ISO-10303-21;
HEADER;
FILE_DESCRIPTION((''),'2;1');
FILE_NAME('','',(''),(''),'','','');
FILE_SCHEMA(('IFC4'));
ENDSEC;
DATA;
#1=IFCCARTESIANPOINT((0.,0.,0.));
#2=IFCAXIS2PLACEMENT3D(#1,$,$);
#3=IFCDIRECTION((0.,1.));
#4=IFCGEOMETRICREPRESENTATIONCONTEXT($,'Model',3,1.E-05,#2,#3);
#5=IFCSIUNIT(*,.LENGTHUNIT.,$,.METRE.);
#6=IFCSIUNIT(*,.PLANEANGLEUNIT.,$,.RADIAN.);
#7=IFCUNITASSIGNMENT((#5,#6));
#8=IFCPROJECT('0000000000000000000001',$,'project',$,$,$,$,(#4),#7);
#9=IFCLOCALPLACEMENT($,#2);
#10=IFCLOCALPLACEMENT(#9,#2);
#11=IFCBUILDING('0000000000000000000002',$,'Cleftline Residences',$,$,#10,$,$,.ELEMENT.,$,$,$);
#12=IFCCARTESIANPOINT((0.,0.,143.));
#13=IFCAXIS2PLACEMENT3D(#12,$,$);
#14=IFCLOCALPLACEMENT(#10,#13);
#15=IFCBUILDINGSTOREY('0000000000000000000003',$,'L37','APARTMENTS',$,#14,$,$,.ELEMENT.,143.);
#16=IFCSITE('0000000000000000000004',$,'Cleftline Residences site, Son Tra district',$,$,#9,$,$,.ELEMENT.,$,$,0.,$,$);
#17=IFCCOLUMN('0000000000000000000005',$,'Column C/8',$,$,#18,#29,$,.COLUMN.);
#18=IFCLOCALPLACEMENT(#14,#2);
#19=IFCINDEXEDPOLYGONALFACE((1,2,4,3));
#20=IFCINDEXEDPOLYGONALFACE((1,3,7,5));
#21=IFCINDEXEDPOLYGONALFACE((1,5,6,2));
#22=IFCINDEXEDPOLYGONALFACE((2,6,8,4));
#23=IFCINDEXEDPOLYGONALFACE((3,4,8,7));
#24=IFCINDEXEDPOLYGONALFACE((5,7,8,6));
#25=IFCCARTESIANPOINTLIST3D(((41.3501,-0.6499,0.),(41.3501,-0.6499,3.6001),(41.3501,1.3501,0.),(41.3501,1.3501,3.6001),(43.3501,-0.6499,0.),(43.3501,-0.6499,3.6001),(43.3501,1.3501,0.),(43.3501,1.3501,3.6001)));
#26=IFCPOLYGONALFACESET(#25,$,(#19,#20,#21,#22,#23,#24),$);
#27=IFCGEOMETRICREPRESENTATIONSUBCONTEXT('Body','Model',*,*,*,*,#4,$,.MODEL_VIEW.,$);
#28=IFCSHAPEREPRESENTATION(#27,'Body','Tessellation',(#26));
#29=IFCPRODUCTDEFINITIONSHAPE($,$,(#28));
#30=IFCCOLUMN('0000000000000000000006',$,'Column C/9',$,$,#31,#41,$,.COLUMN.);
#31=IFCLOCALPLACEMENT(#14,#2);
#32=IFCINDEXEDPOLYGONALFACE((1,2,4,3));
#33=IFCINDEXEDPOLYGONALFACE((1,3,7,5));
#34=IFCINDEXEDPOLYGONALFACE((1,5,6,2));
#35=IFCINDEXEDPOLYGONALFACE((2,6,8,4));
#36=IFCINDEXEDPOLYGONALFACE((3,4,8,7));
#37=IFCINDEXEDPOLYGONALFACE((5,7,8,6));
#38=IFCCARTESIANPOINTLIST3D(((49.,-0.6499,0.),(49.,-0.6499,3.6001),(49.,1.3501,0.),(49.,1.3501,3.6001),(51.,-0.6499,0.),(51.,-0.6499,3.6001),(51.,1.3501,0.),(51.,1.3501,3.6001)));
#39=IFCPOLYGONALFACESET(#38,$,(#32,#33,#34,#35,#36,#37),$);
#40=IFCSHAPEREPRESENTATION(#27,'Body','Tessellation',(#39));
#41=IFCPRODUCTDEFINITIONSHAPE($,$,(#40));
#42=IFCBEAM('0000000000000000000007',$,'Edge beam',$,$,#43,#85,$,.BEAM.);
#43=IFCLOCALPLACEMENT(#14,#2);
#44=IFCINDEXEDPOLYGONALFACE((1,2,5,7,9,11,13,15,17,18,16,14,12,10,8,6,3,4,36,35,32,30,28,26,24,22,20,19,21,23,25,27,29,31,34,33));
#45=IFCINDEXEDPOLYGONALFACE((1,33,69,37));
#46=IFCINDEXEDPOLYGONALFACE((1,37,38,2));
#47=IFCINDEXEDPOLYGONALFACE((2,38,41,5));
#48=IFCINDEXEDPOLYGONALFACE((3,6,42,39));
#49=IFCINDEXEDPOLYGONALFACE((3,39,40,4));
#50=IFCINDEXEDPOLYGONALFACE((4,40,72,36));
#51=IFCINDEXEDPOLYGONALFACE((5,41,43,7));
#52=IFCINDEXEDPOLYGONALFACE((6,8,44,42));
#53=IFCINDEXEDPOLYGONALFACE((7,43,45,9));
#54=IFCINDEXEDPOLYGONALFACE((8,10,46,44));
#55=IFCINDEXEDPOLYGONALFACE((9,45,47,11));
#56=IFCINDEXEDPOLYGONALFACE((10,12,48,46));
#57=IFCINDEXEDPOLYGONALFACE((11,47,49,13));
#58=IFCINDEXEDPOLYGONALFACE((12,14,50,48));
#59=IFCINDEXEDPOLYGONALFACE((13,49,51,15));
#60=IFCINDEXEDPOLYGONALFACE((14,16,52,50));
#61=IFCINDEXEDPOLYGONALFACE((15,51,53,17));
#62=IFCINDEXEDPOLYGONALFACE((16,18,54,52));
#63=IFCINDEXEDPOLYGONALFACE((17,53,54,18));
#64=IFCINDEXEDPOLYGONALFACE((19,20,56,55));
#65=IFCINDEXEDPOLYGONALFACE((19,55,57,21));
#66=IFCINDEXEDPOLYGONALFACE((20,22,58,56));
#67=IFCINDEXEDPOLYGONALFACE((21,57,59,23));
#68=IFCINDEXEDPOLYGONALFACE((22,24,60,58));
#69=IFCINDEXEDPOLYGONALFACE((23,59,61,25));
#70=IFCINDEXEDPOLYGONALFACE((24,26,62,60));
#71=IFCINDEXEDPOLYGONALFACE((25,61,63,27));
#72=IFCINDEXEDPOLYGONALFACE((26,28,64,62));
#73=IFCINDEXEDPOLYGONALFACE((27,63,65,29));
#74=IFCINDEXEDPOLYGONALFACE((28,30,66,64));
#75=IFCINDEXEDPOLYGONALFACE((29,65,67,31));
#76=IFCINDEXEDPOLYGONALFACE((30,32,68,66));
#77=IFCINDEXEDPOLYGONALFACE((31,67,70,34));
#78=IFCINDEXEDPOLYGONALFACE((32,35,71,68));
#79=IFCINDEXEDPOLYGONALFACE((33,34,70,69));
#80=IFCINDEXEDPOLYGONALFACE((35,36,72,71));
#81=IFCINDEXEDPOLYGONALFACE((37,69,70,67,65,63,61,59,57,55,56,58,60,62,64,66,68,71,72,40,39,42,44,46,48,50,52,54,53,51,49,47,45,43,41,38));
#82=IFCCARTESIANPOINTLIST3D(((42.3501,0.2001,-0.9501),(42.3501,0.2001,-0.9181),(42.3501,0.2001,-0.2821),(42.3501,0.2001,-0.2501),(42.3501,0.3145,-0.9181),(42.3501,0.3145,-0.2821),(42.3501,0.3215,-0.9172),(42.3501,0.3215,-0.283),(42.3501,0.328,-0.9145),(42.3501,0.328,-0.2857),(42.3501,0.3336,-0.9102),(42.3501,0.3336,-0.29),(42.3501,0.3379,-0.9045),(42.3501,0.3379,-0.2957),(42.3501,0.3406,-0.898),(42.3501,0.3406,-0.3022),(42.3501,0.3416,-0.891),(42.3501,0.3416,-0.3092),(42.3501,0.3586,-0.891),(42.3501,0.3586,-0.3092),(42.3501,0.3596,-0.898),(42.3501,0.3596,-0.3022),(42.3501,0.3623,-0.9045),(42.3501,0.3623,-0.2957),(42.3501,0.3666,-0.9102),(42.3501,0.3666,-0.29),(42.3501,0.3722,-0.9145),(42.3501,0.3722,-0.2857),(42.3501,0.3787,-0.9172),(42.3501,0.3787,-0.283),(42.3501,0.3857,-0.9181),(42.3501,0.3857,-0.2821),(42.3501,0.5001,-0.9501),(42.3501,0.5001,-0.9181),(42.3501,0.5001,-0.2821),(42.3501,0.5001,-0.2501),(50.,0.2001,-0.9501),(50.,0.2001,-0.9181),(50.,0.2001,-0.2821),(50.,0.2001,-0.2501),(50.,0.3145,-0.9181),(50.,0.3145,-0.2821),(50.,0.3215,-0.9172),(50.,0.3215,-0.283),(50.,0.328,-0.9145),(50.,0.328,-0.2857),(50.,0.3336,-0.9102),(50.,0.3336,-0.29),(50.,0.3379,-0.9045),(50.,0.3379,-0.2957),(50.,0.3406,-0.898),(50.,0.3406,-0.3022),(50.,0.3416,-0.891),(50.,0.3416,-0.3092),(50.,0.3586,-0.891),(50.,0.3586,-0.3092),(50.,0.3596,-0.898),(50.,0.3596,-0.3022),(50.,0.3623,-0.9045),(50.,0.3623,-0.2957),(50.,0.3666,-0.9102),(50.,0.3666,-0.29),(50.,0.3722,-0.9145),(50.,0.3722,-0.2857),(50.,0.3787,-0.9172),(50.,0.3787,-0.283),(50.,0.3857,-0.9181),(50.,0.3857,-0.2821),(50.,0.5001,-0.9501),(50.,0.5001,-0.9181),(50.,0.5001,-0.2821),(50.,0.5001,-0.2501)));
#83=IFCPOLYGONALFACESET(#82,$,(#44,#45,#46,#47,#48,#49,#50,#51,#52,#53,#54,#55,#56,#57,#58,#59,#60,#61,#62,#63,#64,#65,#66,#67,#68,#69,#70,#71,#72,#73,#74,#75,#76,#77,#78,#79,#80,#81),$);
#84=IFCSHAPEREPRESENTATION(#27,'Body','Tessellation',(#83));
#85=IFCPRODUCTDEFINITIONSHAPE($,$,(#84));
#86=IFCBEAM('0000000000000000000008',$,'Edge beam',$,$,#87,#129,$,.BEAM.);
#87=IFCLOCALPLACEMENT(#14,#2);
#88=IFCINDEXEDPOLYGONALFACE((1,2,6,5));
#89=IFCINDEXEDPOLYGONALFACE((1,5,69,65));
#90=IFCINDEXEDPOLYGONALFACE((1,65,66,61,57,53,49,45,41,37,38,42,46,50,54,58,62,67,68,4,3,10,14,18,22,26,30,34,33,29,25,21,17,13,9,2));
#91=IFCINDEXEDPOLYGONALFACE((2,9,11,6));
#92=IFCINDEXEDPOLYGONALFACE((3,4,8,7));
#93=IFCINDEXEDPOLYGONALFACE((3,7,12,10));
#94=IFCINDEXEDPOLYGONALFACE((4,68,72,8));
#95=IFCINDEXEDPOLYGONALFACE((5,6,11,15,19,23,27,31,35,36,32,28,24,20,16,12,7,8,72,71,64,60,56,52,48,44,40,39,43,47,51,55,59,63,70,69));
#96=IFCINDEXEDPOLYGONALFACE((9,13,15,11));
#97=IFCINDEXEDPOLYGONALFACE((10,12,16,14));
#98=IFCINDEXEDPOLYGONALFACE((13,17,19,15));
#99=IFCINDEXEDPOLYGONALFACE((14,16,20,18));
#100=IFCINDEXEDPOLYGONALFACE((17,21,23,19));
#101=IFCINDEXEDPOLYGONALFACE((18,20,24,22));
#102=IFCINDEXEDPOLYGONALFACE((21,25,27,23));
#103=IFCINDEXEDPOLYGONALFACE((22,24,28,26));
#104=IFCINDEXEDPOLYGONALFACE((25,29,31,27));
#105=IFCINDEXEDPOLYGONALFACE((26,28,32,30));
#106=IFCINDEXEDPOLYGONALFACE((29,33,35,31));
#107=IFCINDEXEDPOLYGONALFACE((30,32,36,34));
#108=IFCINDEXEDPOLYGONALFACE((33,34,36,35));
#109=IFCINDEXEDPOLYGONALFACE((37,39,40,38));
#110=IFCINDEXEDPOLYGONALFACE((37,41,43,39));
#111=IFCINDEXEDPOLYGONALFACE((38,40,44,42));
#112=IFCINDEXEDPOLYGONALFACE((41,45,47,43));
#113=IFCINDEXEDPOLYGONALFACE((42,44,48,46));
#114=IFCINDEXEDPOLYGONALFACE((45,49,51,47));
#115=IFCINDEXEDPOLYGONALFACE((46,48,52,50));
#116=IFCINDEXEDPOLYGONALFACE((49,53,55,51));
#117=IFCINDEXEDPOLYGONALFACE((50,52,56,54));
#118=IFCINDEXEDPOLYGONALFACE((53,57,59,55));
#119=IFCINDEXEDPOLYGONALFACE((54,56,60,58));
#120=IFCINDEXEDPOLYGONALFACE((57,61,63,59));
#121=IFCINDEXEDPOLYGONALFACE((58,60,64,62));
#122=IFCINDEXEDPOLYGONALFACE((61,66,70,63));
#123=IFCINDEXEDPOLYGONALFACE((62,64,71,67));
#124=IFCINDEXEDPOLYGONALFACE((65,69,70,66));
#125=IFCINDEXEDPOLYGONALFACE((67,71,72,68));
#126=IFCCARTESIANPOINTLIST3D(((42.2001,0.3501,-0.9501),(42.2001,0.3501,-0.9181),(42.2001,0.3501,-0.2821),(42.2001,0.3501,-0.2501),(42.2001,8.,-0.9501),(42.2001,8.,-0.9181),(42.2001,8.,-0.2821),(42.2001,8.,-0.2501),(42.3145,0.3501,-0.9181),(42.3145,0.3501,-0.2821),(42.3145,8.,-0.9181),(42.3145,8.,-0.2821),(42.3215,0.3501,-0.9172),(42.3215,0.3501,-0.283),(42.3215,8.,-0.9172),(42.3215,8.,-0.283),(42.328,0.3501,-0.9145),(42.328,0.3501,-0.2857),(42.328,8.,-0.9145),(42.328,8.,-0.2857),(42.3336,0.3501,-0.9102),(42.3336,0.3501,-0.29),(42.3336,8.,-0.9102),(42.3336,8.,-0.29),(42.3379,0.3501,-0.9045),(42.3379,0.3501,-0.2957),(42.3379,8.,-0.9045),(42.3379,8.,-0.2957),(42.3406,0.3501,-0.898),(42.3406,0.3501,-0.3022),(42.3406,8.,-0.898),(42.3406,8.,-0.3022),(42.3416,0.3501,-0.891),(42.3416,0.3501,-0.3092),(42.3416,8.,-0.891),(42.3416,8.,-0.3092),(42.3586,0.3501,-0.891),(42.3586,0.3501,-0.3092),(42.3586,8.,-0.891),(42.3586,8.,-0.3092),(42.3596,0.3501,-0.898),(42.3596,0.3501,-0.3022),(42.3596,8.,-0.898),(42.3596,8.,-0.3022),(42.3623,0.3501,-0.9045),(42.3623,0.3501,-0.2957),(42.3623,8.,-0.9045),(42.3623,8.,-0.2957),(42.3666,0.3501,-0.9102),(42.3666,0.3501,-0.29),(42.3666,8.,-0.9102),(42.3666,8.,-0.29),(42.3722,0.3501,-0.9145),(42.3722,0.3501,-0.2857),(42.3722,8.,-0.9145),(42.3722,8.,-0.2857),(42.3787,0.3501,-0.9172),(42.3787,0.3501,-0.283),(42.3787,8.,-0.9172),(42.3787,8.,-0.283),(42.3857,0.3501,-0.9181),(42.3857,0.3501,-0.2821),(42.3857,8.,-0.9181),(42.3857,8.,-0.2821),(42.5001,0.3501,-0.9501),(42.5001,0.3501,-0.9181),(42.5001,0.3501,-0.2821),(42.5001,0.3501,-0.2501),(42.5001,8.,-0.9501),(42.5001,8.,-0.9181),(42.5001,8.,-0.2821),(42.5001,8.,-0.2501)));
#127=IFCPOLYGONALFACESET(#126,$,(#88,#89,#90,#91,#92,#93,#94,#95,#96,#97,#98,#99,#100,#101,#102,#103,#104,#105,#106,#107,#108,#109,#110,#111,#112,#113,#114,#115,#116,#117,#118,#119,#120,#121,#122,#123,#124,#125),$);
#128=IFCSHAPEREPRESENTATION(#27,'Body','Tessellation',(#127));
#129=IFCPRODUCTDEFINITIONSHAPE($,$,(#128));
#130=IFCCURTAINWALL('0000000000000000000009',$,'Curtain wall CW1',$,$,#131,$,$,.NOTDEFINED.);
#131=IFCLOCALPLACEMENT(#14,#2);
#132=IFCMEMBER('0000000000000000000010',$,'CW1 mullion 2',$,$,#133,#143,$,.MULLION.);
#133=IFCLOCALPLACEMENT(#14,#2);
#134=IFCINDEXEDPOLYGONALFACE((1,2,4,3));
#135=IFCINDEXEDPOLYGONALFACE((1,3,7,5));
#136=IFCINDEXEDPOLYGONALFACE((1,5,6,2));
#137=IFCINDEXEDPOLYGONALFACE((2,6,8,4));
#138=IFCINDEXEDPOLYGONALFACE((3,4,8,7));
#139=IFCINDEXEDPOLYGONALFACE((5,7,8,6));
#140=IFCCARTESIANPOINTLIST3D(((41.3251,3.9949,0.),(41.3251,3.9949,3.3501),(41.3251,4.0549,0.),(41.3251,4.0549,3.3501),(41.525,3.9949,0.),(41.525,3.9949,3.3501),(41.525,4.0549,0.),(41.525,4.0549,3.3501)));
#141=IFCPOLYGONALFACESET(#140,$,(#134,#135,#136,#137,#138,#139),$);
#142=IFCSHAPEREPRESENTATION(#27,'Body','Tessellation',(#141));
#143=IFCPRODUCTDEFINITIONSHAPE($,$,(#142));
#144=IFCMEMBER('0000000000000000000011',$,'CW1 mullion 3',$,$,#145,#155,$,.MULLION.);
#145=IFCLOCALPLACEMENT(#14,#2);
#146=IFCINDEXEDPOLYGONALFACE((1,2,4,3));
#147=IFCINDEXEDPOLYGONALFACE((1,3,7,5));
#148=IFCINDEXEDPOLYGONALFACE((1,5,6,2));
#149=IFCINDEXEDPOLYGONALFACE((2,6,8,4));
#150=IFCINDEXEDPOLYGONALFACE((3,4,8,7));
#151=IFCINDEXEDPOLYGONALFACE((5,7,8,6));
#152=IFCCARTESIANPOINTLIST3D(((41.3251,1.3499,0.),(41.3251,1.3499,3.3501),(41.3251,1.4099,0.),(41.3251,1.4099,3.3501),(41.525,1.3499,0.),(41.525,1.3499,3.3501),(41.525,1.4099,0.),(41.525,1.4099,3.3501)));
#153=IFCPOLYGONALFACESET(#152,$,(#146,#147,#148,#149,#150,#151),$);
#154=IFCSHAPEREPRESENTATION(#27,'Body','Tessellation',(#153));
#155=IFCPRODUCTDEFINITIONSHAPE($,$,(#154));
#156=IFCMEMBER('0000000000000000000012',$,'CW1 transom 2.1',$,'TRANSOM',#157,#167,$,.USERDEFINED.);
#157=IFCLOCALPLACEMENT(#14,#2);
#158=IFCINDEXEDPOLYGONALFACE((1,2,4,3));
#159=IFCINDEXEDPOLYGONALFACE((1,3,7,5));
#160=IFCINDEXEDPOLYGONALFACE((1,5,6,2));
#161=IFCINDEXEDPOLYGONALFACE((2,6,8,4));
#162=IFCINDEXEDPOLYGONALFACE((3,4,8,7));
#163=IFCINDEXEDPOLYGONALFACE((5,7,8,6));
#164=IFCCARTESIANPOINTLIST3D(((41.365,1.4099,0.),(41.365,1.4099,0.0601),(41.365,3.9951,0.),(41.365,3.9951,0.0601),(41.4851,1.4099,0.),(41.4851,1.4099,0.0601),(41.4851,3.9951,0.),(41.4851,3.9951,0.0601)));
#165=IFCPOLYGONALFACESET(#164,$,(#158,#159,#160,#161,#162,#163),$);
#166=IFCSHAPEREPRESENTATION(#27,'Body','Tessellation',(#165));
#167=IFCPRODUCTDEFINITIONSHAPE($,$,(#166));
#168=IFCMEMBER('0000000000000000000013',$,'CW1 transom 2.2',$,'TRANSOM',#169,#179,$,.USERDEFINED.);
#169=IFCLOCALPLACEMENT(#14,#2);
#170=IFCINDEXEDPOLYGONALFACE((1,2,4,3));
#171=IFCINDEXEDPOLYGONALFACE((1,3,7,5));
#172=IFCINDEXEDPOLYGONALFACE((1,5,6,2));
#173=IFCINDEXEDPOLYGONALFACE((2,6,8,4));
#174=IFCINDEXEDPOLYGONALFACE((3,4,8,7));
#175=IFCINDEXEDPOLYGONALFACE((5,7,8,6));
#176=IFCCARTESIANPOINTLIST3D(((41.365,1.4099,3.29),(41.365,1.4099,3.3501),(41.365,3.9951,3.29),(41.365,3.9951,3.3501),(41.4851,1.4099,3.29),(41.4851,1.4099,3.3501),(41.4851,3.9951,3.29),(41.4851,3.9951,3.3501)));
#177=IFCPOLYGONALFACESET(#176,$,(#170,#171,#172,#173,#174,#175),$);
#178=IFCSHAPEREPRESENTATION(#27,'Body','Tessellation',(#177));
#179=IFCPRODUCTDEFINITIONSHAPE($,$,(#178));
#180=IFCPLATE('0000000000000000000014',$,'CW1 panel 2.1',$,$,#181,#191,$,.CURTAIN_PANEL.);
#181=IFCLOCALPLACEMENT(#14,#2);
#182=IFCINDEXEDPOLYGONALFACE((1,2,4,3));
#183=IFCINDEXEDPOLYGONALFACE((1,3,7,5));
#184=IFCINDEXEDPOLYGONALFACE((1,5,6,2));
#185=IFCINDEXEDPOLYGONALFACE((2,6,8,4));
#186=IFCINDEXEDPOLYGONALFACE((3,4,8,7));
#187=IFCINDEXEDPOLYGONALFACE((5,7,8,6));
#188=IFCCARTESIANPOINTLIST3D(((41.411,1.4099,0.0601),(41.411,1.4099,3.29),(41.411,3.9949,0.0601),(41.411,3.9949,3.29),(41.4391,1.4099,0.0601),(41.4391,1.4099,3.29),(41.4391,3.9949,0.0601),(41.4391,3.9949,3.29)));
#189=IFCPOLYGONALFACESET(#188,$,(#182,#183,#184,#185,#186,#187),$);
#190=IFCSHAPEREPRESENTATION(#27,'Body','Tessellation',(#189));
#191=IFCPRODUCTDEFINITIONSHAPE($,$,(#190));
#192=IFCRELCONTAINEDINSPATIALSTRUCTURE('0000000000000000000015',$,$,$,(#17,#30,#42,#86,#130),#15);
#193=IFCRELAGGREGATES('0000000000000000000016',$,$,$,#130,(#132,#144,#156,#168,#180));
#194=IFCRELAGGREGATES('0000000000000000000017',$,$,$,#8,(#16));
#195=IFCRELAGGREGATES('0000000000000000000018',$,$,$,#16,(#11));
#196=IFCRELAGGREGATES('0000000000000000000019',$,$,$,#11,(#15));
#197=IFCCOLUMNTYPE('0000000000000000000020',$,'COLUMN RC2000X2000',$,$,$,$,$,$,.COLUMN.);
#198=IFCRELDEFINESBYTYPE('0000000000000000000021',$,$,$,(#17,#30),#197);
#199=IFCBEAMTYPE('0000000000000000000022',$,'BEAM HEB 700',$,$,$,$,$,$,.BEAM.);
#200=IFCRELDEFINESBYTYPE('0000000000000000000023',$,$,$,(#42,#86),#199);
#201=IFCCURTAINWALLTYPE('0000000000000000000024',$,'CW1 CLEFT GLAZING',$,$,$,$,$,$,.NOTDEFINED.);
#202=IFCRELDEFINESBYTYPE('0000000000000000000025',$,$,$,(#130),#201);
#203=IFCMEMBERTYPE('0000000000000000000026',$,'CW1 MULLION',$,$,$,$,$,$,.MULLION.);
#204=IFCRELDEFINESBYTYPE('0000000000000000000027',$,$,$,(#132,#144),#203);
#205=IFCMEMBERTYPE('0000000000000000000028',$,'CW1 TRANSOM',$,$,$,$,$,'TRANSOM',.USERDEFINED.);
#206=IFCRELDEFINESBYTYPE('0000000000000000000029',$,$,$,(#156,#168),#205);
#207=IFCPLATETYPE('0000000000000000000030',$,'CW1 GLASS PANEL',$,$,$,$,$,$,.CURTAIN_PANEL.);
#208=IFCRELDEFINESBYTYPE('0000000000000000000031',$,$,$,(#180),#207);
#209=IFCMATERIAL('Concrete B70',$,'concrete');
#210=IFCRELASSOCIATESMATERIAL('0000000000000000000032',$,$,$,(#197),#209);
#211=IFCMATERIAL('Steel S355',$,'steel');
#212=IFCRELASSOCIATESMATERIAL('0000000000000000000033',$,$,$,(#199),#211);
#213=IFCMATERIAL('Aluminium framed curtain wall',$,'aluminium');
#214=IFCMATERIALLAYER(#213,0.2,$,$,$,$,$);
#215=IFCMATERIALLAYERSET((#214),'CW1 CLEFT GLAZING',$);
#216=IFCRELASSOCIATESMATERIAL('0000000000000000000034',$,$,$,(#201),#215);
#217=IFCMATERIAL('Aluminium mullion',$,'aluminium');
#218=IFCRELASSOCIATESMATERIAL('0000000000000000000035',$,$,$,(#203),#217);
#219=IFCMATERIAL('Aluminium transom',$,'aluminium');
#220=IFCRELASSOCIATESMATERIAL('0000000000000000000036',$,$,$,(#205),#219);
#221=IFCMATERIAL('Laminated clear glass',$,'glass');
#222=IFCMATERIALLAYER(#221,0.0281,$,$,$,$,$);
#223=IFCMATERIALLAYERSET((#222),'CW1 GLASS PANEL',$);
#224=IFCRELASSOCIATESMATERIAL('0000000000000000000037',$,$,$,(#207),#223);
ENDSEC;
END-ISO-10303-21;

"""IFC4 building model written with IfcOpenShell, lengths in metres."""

from ifc_helpers import new_model, si_unit, direction, frame, origin, origin_2d, place, context, subcontext, project, spatial, rectangle, i_section, extrude, material, layer, layer_set, material_profile, profile_set, type_object, element, aggregate, save


model = new_model("IFC4")

# Units and contexts
model_context = context("Model", 3, precision=1e-05, world=origin(), true_north=direction((0.0, 1.0)))
body_context = subcontext(model_context, "Body", "Model", "MODEL_VIEW")
ifc_project = project(units=[si_unit("LENGTHUNIT", "METRE"), si_unit("PLANEANGLEUNIT", "RADIAN")], contexts=[model_context])

# Site, building, storey
site_placement = place(None, origin())
site = spatial("IfcSite", under=ifc_project, at=site_placement, Name="Cleftline Residences site, Son Tra district", CompositionType="ELEMENT", RefElevation=0.0)
building_placement = place(site_placement, origin())
building = spatial("IfcBuilding", under=site, at=building_placement, Name="Cleftline Residences", CompositionType="ELEMENT")
storey_placement = place(building_placement, frame((0.0, 0.0, 143.0)))
storey = spatial("IfcBuildingStorey", under=building, at=storey_placement, Name="L37", Description="APARTMENTS", CompositionType="ELEMENT", Elevation=143.0)

# Columns
ifc_material_1 = material(Name="Concrete B70", Category="concrete")
ifc_material_profile_1 = material_profile(ifc_material_1, rectangle(XDim=2.0, YDim=2.0, at=origin_2d()))
ifc_profile_set_1 = profile_set([ifc_material_profile_1], Name="Concrete B70")
column_type = type_object("IfcColumnType", Name="COLUMN RC2000X2000", PredefinedType="COLUMN", material=ifc_profile_set_1)
for number, where, z_axis, x_axis, name in (
    (1, (42.3501, 0.3501, 0.0), (0.0, 0.0, 1.0), (1.0, 0.0, 0.0), "Column C/8"),
    (2, (50.0, 0.3501, 0.0), (0.0, 0.0, 1.0), (1.0, 0.0, 0.0), "Column C/9"),
):
    element("IfcColumn", number, at=place(storey_placement, frame(where, z_axis=z_axis, x_axis=x_axis)), inside=storey, type_object=column_type, Name=name, PredefinedType="COLUMN", context=body_context, shape_type="SweptSolid", body=[
        extrude(rectangle(XDim=2.0, YDim=2.0, at=origin_2d()), origin(), (0.0, 0.0, 1.0), 3.6001),
    ])

# Beams
ifc_material_2 = material(Name="Steel S355", Category="steel")
ifc_material_profile_2 = material_profile(ifc_material_2, i_section(OverallWidth=0.3, OverallDepth=0.7, WebThickness=0.0171, FlangeThickness=0.032, FilletRadius=0.0271, at=origin_2d()))
ifc_profile_set_2 = profile_set([ifc_material_profile_2], Name="Steel S355")
beam_type = type_object("IfcBeamType", Name="BEAM HEB 700", PredefinedType="BEAM", material=ifc_profile_set_2)
for number, where, z_axis, x_axis, name in (
    (3, (50.0, 0.3501, -0.6001), (-1.0, 0.0, 0.0), (0.0, -1.0, 0.0), "Edge beam"),
    (4, (42.3501, 0.3501, -0.6001), (0.0, 1.0, 0.0), (-1.0, 0.0, 0.0), "Edge beam"),
):
    element("IfcBeam", number, at=place(storey_placement, frame(where, z_axis=z_axis, x_axis=x_axis)), inside=storey, type_object=beam_type, Name=name, PredefinedType="BEAM", context=body_context, shape_type="SweptSolid", body=[
        extrude(i_section(OverallWidth=0.3, OverallDepth=0.7, WebThickness=0.0171, FlangeThickness=0.032, FilletRadius=0.0271, at=origin_2d()), origin(), (0.0, 0.0, 1.0), 7.6499),
    ])

# Curtain wall, members, plate
ifc_material_3 = material(Name="Aluminium framed curtain wall", Category="aluminium")
ifc_layer_1 = layer(ifc_material_3, 0.2)
ifc_layer_set_1 = layer_set([ifc_layer_1], Name="CW1 CLEFT GLAZING")
curtain_wall_type = type_object("IfcCurtainWallType", Name="CW1 CLEFT GLAZING", PredefinedType="NOTDEFINED", material=ifc_layer_set_1)
curtain_wall_placement = place(storey_placement, origin())
curtain_wall = element("IfcCurtainWall", 5, at=curtain_wall_placement, inside=storey, type_object=curtain_wall_type, Name="Curtain wall CW1", PredefinedType="NOTDEFINED")
ifc_material_4 = material(Name="Aluminium mullion", Category="aluminium")
ifc_material_profile_3 = material_profile(ifc_material_4, rectangle(XDim=0.2, YDim=0.0601, at=origin_2d()))
ifc_profile_set_3 = profile_set([ifc_material_profile_3], Name="Aluminium mullion")
member_type_1 = type_object("IfcMemberType", Name="CW1 MULLION", PredefinedType="MULLION", material=ifc_profile_set_3)
member_1_placement = place(storey_placement, frame((41.425, 4.0249, 0.0), z_axis=(0.0, 0.0, 1.0), x_axis=(1.0, 0.0, 0.0)))
member_1 = element("IfcMember", 6, at=member_1_placement, type_object=member_type_1, Name="CW1 mullion 2", PredefinedType="MULLION", context=body_context, shape_type="SweptSolid", body=[
    extrude(rectangle(XDim=0.2, YDim=0.0601, at=origin_2d()), origin(), (0.0, 0.0, 1.0), 3.3501),
])
member_2_placement = place(storey_placement, frame((41.425, 1.3799, 0.0), z_axis=(0.0, 0.0, 1.0), x_axis=(1.0, 0.0, 0.0)))
member_2 = element("IfcMember", 7, at=member_2_placement, type_object=member_type_1, Name="CW1 mullion 3", PredefinedType="MULLION", context=body_context, shape_type="SweptSolid", body=[
    extrude(rectangle(XDim=0.2, YDim=0.0601, at=origin_2d()), origin(), (0.0, 0.0, 1.0), 3.3501),
])
ifc_material_5 = material(Name="Aluminium transom", Category="aluminium")
ifc_material_profile_4 = material_profile(ifc_material_5, rectangle(XDim=0.1201, YDim=0.0601, at=origin_2d()))
ifc_profile_set_4 = profile_set([ifc_material_profile_4], Name="Aluminium transom")
member_type_2 = type_object("IfcMemberType", Name="CW1 TRANSOM", ElementType="TRANSOM", PredefinedType="USERDEFINED", material=ifc_profile_set_4)
member_3_placement = place(storey_placement, frame((41.425, 3.9951, 0.03), z_axis=(0.0, -1.0, 0.0), x_axis=(1.0, 0.0, 0.0)))
member_3 = element("IfcMember", 8, at=member_3_placement, type_object=member_type_2, Name="CW1 transom 2.1", ObjectType="TRANSOM", PredefinedType="USERDEFINED", context=body_context, shape_type="SweptSolid", body=[
    extrude(rectangle(XDim=0.1201, YDim=0.0601, at=origin_2d()), origin(), (0.0, 0.0, 1.0), 2.5852),
])
member_4_placement = place(storey_placement, frame((41.425, 3.9951, 3.3201), z_axis=(0.0, -1.0, 0.0), x_axis=(1.0, 0.0, 0.0)))
member_4 = element("IfcMember", 9, at=member_4_placement, type_object=member_type_2, Name="CW1 transom 2.2", ObjectType="TRANSOM", PredefinedType="USERDEFINED", context=body_context, shape_type="SweptSolid", body=[
    extrude(rectangle(XDim=0.1201, YDim=0.0601, at=origin_2d()), origin(), (0.0, 0.0, 1.0), 2.5852),
])
ifc_material_6 = material(Name="Laminated clear glass", Category="glass")
ifc_layer_2 = layer(ifc_material_6, 0.0281)
ifc_layer_set_2 = layer_set([ifc_layer_2], Name="CW1 GLASS PANEL")
plate_type = type_object("IfcPlateType", Name="CW1 GLASS PANEL", PredefinedType="CURTAIN_PANEL", material=ifc_layer_set_2)
plate_placement = place(storey_placement, frame((41.425, 2.7024, 0.0601), z_axis=(0.0, 0.0, 1.0), x_axis=(0.0, -1.0, 0.0)))
plate = element("IfcPlate", 10, at=plate_placement, type_object=plate_type, Name="CW1 panel 2.1", PredefinedType="CURTAIN_PANEL", context=body_context, shape_type="SweptSolid", body=[
    extrude(rectangle(XDim=2.585, YDim=0.0281, at=origin_2d()), origin(), (0.0, 0.0, 1.0), 3.23),
])
aggregate(curtain_wall, [member_1, member_2, member_3, member_4, plate])

save(model, "model.ifc")
